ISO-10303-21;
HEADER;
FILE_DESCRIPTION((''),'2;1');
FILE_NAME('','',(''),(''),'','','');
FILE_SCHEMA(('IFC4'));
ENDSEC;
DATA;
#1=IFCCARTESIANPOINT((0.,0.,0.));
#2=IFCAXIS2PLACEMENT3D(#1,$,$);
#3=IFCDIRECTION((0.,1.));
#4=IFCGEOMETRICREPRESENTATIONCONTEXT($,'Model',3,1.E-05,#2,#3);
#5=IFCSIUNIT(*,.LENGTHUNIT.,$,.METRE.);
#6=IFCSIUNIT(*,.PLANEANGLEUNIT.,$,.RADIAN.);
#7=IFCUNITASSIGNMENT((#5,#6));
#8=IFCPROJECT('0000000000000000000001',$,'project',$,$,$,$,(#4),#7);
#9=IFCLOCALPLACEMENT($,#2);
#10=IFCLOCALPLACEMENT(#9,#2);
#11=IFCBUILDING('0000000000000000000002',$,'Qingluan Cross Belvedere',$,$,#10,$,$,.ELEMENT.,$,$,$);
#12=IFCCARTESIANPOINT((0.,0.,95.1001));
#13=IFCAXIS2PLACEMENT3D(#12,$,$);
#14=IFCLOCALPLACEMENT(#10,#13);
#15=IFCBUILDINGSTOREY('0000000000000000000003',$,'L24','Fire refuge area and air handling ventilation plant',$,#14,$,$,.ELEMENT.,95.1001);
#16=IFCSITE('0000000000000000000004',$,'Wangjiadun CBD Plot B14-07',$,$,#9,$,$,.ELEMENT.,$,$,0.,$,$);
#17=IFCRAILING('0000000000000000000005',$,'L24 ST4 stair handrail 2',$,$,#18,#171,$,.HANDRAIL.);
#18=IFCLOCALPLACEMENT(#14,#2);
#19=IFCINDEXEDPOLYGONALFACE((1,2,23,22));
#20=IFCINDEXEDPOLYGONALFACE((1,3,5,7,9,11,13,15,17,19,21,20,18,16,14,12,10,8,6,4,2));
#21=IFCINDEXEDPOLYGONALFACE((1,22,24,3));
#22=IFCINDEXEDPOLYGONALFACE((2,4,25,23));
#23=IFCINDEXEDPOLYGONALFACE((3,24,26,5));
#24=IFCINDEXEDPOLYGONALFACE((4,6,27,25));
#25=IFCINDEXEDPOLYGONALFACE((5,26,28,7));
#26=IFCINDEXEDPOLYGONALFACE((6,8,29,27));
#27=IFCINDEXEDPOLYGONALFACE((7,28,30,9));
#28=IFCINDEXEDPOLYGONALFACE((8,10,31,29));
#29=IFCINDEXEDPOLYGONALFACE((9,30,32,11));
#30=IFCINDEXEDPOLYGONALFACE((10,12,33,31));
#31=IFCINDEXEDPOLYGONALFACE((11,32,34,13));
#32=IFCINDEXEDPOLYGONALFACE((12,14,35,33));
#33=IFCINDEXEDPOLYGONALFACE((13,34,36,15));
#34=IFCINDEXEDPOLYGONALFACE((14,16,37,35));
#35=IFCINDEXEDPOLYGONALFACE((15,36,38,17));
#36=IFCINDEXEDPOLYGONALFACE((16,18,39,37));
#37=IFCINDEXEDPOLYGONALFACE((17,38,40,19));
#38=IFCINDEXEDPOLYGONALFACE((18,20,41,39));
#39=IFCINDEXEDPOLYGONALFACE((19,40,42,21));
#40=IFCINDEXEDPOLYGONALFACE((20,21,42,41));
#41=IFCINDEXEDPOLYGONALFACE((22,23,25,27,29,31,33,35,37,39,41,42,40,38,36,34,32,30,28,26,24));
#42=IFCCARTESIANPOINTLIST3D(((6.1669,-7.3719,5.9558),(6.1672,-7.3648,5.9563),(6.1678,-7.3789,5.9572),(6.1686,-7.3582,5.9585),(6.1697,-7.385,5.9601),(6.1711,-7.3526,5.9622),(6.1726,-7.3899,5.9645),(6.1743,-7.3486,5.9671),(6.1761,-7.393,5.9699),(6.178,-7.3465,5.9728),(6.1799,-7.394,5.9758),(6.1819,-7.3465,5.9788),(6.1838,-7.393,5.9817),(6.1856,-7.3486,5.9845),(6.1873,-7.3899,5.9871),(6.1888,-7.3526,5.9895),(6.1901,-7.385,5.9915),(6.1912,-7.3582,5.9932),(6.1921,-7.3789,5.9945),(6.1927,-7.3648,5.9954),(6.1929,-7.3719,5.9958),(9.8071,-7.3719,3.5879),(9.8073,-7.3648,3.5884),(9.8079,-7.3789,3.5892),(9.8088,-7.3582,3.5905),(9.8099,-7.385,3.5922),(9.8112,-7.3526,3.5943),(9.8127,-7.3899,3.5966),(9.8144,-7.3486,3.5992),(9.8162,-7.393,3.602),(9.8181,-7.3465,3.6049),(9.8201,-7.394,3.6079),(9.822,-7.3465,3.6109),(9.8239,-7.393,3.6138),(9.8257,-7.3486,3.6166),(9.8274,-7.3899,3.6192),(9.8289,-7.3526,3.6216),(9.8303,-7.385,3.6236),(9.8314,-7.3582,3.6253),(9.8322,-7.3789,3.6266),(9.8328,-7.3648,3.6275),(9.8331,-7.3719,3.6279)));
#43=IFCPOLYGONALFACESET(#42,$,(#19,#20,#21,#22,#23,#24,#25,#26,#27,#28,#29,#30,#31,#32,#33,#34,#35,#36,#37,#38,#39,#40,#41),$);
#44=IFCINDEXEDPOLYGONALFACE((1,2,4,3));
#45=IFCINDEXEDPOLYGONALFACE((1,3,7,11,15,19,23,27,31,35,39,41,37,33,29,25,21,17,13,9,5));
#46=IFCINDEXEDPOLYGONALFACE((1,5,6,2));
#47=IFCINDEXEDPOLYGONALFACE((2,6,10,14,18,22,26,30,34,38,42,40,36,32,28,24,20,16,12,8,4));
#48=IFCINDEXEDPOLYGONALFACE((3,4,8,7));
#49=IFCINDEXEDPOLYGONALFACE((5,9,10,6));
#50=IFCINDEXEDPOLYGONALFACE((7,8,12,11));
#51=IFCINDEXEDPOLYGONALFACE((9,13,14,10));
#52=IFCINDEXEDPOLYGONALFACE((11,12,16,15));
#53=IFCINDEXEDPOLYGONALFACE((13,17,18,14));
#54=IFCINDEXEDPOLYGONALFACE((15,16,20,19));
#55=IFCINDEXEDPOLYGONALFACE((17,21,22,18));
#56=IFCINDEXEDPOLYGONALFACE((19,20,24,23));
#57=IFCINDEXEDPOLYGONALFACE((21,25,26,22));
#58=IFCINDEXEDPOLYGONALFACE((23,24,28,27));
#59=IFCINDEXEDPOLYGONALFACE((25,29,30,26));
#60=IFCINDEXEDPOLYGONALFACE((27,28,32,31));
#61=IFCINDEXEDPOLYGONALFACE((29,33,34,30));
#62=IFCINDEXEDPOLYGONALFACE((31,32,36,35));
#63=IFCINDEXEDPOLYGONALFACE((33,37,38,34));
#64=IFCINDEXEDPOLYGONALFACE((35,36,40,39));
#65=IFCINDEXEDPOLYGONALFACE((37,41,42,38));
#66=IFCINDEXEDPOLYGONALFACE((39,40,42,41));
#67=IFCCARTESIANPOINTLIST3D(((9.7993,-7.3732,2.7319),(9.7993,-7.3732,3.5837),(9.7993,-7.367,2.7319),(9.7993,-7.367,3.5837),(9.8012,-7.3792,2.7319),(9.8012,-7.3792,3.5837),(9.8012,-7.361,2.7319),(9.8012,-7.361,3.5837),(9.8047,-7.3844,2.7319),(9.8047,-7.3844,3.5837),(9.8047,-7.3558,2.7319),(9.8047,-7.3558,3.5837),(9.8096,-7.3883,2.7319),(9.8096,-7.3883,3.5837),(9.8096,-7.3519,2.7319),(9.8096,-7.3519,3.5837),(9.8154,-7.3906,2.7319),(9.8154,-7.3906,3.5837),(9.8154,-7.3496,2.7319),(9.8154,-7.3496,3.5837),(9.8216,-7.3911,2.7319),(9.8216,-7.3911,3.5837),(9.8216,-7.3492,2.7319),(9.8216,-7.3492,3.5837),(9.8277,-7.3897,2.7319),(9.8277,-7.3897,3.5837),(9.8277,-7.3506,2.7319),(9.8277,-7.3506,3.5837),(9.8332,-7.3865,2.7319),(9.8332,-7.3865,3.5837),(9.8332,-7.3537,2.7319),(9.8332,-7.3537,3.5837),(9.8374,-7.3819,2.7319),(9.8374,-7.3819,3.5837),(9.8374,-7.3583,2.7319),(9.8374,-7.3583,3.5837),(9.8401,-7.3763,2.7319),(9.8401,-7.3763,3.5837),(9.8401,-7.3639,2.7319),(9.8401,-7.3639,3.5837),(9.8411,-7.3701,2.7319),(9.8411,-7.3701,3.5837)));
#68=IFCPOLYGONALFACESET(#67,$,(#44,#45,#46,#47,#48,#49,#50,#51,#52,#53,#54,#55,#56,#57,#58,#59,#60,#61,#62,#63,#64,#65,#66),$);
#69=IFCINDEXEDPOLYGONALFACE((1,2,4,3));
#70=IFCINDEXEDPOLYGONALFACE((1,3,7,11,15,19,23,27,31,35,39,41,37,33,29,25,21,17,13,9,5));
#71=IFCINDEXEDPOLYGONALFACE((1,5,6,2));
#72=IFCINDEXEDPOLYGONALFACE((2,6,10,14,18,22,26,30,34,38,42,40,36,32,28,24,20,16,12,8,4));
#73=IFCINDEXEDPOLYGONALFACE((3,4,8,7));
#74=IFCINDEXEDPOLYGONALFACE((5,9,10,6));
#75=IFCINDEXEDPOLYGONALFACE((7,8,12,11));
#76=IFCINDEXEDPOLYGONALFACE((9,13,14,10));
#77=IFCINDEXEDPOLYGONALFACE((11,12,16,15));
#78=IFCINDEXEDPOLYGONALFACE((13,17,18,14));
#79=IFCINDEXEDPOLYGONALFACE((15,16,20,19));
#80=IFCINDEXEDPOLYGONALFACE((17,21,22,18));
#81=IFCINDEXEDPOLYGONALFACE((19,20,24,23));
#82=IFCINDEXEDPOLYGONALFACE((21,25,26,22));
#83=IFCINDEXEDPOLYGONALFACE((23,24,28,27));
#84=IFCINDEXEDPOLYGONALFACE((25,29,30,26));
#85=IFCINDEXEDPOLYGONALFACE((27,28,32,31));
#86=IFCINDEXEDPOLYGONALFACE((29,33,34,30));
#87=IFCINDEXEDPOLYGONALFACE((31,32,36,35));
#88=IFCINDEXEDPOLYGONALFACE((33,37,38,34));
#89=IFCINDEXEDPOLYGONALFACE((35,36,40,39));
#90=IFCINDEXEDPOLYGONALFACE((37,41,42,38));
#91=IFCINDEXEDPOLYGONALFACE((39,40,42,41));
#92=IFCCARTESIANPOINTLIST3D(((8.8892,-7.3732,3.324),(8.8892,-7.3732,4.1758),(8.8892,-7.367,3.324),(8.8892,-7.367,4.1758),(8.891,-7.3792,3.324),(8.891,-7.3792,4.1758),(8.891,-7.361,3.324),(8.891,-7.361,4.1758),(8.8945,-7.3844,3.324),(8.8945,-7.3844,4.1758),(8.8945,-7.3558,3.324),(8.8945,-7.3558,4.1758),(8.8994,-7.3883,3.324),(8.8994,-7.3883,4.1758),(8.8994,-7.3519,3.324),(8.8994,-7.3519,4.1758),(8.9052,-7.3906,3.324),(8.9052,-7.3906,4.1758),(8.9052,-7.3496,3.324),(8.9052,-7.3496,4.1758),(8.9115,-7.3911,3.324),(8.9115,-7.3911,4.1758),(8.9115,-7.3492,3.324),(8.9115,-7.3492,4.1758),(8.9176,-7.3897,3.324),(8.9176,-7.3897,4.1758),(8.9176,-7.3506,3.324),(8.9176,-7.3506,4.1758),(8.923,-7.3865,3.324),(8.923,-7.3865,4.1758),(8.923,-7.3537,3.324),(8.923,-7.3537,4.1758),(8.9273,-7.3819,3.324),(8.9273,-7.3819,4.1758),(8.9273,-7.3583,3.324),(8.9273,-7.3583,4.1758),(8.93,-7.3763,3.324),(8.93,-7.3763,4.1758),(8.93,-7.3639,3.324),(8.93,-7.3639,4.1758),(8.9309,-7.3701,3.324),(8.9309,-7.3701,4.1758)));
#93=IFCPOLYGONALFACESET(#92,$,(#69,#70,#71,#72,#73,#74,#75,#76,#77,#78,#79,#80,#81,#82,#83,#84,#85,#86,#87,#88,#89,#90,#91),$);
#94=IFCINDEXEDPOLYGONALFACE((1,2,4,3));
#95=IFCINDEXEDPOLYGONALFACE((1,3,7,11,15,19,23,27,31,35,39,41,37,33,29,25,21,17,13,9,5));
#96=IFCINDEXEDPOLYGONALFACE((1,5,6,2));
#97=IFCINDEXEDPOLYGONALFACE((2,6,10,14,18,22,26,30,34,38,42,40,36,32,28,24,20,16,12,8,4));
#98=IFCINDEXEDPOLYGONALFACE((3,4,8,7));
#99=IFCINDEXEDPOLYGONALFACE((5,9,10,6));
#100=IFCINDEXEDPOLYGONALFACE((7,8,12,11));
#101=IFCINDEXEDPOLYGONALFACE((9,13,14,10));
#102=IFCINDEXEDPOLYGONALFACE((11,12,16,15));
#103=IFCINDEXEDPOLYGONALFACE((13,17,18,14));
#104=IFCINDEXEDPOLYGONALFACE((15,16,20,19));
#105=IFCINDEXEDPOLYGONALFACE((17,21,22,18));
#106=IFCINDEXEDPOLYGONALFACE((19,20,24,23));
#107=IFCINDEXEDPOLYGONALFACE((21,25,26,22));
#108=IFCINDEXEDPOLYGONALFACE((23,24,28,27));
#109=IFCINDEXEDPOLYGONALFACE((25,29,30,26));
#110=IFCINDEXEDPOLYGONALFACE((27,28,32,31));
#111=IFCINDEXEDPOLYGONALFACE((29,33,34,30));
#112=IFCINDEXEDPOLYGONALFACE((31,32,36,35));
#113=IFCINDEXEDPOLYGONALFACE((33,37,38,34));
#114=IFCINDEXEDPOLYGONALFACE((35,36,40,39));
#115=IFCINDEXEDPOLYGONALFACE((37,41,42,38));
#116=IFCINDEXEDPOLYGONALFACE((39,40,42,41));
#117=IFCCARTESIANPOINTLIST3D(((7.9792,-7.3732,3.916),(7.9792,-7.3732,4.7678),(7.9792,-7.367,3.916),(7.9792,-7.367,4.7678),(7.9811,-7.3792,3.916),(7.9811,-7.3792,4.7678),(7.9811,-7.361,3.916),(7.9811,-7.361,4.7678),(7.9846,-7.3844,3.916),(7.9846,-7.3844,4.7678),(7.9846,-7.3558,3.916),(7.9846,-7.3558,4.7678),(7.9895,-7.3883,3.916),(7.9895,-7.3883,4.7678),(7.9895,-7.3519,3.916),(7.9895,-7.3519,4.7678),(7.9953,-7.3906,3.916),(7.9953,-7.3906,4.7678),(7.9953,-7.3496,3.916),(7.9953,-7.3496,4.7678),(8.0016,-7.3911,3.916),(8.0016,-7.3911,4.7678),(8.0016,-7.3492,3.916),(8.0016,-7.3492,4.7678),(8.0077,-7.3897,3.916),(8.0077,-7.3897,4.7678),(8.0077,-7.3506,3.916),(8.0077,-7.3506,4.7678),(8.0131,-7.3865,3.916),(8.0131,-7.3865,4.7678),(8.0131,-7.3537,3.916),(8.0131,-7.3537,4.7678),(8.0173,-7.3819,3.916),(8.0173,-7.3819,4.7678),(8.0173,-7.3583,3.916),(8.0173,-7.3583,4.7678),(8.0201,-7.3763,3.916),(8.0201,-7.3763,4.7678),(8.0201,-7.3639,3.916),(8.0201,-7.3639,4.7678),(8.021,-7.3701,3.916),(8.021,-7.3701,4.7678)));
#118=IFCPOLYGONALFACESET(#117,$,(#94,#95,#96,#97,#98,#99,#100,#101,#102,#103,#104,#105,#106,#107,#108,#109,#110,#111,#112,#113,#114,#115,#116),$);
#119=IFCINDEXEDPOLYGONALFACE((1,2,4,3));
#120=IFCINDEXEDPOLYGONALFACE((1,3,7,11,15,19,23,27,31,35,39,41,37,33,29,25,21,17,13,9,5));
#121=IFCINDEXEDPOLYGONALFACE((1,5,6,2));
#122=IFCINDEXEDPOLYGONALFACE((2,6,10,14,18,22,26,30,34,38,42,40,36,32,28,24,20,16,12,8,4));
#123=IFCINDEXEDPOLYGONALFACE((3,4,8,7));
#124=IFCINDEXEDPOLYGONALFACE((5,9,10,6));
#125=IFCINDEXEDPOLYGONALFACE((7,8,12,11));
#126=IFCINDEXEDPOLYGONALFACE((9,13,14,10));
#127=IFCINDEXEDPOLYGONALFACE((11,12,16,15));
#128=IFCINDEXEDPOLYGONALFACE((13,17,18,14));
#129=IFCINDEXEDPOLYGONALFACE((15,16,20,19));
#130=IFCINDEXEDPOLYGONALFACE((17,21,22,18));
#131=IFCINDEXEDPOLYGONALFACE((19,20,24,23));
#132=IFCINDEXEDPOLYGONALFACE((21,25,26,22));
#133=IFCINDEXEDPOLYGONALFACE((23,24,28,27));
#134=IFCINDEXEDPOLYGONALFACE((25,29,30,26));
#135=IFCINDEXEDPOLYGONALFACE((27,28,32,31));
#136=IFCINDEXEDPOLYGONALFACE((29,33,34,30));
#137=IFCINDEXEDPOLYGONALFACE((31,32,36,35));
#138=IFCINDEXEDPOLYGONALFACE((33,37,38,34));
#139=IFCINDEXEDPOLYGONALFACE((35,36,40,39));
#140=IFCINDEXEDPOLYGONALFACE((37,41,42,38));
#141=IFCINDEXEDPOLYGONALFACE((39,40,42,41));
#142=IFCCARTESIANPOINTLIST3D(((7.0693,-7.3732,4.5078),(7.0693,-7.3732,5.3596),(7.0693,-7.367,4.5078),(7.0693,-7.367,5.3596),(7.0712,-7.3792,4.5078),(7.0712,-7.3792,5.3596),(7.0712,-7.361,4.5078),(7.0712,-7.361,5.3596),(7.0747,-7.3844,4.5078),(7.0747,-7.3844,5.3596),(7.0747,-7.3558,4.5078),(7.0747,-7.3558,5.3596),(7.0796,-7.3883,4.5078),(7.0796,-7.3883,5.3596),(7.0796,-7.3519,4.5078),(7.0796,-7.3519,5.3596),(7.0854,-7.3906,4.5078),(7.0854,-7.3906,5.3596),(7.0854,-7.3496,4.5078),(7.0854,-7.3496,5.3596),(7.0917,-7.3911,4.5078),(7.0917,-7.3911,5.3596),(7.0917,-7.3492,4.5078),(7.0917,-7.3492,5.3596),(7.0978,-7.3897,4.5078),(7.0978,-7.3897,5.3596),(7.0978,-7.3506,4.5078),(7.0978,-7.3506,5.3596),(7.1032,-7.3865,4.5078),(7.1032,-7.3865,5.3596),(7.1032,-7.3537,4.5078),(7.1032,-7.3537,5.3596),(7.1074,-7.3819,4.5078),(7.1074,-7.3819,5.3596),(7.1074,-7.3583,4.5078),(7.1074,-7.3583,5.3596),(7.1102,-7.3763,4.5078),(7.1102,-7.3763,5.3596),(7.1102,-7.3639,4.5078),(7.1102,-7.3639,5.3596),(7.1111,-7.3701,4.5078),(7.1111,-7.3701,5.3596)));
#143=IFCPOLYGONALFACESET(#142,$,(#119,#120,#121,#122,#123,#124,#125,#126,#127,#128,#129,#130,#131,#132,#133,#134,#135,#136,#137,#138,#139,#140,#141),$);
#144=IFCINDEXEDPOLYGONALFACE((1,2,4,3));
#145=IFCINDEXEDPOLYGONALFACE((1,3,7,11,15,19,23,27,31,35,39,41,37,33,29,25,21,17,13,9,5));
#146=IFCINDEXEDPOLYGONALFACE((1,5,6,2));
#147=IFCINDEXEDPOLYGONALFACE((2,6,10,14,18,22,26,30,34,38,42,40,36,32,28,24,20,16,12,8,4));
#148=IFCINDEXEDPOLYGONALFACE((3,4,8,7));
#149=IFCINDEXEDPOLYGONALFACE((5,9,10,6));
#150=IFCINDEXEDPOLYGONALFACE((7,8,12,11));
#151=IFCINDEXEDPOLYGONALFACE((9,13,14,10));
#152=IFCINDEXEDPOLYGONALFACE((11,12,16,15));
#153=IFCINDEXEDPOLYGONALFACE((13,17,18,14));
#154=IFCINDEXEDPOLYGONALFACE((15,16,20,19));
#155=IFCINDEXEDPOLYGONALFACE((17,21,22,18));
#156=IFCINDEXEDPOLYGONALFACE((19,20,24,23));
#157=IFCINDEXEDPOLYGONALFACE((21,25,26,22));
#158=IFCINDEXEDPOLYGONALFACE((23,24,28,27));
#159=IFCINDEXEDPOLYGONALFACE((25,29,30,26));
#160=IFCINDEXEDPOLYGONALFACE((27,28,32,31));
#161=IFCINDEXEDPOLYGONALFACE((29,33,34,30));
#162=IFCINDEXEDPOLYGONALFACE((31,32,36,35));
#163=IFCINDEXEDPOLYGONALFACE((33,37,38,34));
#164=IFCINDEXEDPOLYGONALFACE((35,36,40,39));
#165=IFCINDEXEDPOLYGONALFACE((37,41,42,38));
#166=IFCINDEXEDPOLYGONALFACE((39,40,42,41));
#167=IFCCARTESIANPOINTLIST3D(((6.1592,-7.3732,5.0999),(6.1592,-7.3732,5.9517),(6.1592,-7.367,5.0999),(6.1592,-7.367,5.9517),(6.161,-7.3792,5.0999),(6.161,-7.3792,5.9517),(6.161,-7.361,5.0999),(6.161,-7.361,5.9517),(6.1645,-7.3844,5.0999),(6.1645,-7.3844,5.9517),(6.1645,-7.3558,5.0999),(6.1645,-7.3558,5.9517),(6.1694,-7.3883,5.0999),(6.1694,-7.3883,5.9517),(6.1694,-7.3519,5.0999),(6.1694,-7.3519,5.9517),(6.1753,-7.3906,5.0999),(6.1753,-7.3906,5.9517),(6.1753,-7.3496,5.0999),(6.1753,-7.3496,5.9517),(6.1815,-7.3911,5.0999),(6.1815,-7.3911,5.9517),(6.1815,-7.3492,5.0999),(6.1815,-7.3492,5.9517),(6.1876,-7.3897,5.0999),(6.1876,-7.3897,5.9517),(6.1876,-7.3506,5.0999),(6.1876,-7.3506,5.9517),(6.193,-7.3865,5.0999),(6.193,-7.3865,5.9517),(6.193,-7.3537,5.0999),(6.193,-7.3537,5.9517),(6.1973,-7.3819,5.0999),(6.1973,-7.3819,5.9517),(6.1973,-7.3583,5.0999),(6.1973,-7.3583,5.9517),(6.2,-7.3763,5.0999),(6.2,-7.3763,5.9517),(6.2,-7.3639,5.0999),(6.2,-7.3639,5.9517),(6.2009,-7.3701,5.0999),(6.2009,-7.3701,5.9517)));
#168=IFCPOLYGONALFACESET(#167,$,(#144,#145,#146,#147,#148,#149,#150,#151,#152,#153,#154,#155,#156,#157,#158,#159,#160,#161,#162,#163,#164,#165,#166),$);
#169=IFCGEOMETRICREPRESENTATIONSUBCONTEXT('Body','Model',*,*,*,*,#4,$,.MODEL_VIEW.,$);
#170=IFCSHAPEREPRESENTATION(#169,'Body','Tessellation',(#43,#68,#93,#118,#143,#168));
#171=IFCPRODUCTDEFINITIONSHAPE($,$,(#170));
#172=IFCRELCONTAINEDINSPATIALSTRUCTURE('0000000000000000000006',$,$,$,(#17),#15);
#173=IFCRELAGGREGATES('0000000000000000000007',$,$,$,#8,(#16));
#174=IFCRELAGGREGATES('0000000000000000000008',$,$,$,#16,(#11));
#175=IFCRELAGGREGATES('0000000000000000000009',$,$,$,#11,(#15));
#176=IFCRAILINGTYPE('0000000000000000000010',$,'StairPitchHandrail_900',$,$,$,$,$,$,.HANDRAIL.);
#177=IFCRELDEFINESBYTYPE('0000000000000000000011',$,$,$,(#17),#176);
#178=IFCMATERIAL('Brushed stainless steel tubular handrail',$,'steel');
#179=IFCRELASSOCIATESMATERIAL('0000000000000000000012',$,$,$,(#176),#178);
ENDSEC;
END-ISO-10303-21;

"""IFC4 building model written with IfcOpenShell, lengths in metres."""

from ifc_helpers import new_model, si_unit, direction, frame, origin, origin_2d, place, context, subcontext, project, spatial, circle, extrude, material, type_object, element, save


model = new_model("IFC4")

# Units and contexts
model_context = context("Model", 3, precision=1e-05, world=origin(), true_north=direction((0.0, 1.0)))
body_context = subcontext(model_context, "Body", "Model", "MODEL_VIEW")
ifc_project = project(units=[si_unit("LENGTHUNIT", "METRE"), si_unit("PLANEANGLEUNIT", "RADIAN")], contexts=[model_context])

# Site, building, storey
site_placement = place(None, origin())
site = spatial("IfcSite", under=ifc_project, at=site_placement, Name="Wangjiadun CBD Plot B14-07", CompositionType="ELEMENT", RefElevation=0.0)
building_placement = place(site_placement, origin())
building = spatial("IfcBuilding", under=site, at=building_placement, Name="Qingluan Cross Belvedere", CompositionType="ELEMENT")
storey_placement = place(building_placement, frame((0.0, 0.0, 95.1001)))
storey = spatial("IfcBuildingStorey", under=building, at=storey_placement, Name="L24", Description="Fire refuge area and air handling ventilation plant", CompositionType="ELEMENT", Elevation=95.1001)

# Railing
ifc_material_1 = material(Name="Brushed stainless steel tubular handrail", Category="steel")
railing_type_1 = type_object("IfcRailingType", Name="StairPitchHandrail_900", PredefinedType="HANDRAIL", material=ifc_material_1)
railing_1_placement = place(storey_placement, frame((9.8201, -7.3701, 2.7319)))
element("IfcRailing", 1, at=railing_1_placement, inside=storey, type_object=railing_type_1, Name="L24 ST4 stair handrail 2", PredefinedType="HANDRAIL", context=body_context, shape_type="SweptSolid", body=[
    extrude(circle(Radius=0.0239, at=origin_2d()), frame((0.0, 0.0, 0.876), z_axis=(-0.838251, 0.0, 0.545285), x_axis=(0.0, -1.0, 0.0)), (0.0, 0.0, 1.0), 4.3425),
    extrude(circle(Radius=0.021, at=origin_2d()), origin(), (0.0, 0.0, 1.0), 0.8518),
    extrude(circle(Radius=0.021, at=origin_2d()), frame((-0.9102, 0.0, 0.592)), (0.0, 0.0, 1.0), 0.8518),
    extrude(circle(Radius=0.021, at=origin_2d()), frame((-1.8201, 0.0, 1.1841)), (0.0, 0.0, 1.0), 0.8518),
    extrude(circle(Radius=0.021, at=origin_2d()), frame((-2.73, 0.0, 1.7759)), (0.0, 0.0, 1.0), 0.8518),
    extrude(circle(Radius=0.021, at=origin_2d()), frame((-3.6401, 0.0, 2.3679)), (0.0, 0.0, 1.0), 0.8518),
])

save(model, "model.ifc")
